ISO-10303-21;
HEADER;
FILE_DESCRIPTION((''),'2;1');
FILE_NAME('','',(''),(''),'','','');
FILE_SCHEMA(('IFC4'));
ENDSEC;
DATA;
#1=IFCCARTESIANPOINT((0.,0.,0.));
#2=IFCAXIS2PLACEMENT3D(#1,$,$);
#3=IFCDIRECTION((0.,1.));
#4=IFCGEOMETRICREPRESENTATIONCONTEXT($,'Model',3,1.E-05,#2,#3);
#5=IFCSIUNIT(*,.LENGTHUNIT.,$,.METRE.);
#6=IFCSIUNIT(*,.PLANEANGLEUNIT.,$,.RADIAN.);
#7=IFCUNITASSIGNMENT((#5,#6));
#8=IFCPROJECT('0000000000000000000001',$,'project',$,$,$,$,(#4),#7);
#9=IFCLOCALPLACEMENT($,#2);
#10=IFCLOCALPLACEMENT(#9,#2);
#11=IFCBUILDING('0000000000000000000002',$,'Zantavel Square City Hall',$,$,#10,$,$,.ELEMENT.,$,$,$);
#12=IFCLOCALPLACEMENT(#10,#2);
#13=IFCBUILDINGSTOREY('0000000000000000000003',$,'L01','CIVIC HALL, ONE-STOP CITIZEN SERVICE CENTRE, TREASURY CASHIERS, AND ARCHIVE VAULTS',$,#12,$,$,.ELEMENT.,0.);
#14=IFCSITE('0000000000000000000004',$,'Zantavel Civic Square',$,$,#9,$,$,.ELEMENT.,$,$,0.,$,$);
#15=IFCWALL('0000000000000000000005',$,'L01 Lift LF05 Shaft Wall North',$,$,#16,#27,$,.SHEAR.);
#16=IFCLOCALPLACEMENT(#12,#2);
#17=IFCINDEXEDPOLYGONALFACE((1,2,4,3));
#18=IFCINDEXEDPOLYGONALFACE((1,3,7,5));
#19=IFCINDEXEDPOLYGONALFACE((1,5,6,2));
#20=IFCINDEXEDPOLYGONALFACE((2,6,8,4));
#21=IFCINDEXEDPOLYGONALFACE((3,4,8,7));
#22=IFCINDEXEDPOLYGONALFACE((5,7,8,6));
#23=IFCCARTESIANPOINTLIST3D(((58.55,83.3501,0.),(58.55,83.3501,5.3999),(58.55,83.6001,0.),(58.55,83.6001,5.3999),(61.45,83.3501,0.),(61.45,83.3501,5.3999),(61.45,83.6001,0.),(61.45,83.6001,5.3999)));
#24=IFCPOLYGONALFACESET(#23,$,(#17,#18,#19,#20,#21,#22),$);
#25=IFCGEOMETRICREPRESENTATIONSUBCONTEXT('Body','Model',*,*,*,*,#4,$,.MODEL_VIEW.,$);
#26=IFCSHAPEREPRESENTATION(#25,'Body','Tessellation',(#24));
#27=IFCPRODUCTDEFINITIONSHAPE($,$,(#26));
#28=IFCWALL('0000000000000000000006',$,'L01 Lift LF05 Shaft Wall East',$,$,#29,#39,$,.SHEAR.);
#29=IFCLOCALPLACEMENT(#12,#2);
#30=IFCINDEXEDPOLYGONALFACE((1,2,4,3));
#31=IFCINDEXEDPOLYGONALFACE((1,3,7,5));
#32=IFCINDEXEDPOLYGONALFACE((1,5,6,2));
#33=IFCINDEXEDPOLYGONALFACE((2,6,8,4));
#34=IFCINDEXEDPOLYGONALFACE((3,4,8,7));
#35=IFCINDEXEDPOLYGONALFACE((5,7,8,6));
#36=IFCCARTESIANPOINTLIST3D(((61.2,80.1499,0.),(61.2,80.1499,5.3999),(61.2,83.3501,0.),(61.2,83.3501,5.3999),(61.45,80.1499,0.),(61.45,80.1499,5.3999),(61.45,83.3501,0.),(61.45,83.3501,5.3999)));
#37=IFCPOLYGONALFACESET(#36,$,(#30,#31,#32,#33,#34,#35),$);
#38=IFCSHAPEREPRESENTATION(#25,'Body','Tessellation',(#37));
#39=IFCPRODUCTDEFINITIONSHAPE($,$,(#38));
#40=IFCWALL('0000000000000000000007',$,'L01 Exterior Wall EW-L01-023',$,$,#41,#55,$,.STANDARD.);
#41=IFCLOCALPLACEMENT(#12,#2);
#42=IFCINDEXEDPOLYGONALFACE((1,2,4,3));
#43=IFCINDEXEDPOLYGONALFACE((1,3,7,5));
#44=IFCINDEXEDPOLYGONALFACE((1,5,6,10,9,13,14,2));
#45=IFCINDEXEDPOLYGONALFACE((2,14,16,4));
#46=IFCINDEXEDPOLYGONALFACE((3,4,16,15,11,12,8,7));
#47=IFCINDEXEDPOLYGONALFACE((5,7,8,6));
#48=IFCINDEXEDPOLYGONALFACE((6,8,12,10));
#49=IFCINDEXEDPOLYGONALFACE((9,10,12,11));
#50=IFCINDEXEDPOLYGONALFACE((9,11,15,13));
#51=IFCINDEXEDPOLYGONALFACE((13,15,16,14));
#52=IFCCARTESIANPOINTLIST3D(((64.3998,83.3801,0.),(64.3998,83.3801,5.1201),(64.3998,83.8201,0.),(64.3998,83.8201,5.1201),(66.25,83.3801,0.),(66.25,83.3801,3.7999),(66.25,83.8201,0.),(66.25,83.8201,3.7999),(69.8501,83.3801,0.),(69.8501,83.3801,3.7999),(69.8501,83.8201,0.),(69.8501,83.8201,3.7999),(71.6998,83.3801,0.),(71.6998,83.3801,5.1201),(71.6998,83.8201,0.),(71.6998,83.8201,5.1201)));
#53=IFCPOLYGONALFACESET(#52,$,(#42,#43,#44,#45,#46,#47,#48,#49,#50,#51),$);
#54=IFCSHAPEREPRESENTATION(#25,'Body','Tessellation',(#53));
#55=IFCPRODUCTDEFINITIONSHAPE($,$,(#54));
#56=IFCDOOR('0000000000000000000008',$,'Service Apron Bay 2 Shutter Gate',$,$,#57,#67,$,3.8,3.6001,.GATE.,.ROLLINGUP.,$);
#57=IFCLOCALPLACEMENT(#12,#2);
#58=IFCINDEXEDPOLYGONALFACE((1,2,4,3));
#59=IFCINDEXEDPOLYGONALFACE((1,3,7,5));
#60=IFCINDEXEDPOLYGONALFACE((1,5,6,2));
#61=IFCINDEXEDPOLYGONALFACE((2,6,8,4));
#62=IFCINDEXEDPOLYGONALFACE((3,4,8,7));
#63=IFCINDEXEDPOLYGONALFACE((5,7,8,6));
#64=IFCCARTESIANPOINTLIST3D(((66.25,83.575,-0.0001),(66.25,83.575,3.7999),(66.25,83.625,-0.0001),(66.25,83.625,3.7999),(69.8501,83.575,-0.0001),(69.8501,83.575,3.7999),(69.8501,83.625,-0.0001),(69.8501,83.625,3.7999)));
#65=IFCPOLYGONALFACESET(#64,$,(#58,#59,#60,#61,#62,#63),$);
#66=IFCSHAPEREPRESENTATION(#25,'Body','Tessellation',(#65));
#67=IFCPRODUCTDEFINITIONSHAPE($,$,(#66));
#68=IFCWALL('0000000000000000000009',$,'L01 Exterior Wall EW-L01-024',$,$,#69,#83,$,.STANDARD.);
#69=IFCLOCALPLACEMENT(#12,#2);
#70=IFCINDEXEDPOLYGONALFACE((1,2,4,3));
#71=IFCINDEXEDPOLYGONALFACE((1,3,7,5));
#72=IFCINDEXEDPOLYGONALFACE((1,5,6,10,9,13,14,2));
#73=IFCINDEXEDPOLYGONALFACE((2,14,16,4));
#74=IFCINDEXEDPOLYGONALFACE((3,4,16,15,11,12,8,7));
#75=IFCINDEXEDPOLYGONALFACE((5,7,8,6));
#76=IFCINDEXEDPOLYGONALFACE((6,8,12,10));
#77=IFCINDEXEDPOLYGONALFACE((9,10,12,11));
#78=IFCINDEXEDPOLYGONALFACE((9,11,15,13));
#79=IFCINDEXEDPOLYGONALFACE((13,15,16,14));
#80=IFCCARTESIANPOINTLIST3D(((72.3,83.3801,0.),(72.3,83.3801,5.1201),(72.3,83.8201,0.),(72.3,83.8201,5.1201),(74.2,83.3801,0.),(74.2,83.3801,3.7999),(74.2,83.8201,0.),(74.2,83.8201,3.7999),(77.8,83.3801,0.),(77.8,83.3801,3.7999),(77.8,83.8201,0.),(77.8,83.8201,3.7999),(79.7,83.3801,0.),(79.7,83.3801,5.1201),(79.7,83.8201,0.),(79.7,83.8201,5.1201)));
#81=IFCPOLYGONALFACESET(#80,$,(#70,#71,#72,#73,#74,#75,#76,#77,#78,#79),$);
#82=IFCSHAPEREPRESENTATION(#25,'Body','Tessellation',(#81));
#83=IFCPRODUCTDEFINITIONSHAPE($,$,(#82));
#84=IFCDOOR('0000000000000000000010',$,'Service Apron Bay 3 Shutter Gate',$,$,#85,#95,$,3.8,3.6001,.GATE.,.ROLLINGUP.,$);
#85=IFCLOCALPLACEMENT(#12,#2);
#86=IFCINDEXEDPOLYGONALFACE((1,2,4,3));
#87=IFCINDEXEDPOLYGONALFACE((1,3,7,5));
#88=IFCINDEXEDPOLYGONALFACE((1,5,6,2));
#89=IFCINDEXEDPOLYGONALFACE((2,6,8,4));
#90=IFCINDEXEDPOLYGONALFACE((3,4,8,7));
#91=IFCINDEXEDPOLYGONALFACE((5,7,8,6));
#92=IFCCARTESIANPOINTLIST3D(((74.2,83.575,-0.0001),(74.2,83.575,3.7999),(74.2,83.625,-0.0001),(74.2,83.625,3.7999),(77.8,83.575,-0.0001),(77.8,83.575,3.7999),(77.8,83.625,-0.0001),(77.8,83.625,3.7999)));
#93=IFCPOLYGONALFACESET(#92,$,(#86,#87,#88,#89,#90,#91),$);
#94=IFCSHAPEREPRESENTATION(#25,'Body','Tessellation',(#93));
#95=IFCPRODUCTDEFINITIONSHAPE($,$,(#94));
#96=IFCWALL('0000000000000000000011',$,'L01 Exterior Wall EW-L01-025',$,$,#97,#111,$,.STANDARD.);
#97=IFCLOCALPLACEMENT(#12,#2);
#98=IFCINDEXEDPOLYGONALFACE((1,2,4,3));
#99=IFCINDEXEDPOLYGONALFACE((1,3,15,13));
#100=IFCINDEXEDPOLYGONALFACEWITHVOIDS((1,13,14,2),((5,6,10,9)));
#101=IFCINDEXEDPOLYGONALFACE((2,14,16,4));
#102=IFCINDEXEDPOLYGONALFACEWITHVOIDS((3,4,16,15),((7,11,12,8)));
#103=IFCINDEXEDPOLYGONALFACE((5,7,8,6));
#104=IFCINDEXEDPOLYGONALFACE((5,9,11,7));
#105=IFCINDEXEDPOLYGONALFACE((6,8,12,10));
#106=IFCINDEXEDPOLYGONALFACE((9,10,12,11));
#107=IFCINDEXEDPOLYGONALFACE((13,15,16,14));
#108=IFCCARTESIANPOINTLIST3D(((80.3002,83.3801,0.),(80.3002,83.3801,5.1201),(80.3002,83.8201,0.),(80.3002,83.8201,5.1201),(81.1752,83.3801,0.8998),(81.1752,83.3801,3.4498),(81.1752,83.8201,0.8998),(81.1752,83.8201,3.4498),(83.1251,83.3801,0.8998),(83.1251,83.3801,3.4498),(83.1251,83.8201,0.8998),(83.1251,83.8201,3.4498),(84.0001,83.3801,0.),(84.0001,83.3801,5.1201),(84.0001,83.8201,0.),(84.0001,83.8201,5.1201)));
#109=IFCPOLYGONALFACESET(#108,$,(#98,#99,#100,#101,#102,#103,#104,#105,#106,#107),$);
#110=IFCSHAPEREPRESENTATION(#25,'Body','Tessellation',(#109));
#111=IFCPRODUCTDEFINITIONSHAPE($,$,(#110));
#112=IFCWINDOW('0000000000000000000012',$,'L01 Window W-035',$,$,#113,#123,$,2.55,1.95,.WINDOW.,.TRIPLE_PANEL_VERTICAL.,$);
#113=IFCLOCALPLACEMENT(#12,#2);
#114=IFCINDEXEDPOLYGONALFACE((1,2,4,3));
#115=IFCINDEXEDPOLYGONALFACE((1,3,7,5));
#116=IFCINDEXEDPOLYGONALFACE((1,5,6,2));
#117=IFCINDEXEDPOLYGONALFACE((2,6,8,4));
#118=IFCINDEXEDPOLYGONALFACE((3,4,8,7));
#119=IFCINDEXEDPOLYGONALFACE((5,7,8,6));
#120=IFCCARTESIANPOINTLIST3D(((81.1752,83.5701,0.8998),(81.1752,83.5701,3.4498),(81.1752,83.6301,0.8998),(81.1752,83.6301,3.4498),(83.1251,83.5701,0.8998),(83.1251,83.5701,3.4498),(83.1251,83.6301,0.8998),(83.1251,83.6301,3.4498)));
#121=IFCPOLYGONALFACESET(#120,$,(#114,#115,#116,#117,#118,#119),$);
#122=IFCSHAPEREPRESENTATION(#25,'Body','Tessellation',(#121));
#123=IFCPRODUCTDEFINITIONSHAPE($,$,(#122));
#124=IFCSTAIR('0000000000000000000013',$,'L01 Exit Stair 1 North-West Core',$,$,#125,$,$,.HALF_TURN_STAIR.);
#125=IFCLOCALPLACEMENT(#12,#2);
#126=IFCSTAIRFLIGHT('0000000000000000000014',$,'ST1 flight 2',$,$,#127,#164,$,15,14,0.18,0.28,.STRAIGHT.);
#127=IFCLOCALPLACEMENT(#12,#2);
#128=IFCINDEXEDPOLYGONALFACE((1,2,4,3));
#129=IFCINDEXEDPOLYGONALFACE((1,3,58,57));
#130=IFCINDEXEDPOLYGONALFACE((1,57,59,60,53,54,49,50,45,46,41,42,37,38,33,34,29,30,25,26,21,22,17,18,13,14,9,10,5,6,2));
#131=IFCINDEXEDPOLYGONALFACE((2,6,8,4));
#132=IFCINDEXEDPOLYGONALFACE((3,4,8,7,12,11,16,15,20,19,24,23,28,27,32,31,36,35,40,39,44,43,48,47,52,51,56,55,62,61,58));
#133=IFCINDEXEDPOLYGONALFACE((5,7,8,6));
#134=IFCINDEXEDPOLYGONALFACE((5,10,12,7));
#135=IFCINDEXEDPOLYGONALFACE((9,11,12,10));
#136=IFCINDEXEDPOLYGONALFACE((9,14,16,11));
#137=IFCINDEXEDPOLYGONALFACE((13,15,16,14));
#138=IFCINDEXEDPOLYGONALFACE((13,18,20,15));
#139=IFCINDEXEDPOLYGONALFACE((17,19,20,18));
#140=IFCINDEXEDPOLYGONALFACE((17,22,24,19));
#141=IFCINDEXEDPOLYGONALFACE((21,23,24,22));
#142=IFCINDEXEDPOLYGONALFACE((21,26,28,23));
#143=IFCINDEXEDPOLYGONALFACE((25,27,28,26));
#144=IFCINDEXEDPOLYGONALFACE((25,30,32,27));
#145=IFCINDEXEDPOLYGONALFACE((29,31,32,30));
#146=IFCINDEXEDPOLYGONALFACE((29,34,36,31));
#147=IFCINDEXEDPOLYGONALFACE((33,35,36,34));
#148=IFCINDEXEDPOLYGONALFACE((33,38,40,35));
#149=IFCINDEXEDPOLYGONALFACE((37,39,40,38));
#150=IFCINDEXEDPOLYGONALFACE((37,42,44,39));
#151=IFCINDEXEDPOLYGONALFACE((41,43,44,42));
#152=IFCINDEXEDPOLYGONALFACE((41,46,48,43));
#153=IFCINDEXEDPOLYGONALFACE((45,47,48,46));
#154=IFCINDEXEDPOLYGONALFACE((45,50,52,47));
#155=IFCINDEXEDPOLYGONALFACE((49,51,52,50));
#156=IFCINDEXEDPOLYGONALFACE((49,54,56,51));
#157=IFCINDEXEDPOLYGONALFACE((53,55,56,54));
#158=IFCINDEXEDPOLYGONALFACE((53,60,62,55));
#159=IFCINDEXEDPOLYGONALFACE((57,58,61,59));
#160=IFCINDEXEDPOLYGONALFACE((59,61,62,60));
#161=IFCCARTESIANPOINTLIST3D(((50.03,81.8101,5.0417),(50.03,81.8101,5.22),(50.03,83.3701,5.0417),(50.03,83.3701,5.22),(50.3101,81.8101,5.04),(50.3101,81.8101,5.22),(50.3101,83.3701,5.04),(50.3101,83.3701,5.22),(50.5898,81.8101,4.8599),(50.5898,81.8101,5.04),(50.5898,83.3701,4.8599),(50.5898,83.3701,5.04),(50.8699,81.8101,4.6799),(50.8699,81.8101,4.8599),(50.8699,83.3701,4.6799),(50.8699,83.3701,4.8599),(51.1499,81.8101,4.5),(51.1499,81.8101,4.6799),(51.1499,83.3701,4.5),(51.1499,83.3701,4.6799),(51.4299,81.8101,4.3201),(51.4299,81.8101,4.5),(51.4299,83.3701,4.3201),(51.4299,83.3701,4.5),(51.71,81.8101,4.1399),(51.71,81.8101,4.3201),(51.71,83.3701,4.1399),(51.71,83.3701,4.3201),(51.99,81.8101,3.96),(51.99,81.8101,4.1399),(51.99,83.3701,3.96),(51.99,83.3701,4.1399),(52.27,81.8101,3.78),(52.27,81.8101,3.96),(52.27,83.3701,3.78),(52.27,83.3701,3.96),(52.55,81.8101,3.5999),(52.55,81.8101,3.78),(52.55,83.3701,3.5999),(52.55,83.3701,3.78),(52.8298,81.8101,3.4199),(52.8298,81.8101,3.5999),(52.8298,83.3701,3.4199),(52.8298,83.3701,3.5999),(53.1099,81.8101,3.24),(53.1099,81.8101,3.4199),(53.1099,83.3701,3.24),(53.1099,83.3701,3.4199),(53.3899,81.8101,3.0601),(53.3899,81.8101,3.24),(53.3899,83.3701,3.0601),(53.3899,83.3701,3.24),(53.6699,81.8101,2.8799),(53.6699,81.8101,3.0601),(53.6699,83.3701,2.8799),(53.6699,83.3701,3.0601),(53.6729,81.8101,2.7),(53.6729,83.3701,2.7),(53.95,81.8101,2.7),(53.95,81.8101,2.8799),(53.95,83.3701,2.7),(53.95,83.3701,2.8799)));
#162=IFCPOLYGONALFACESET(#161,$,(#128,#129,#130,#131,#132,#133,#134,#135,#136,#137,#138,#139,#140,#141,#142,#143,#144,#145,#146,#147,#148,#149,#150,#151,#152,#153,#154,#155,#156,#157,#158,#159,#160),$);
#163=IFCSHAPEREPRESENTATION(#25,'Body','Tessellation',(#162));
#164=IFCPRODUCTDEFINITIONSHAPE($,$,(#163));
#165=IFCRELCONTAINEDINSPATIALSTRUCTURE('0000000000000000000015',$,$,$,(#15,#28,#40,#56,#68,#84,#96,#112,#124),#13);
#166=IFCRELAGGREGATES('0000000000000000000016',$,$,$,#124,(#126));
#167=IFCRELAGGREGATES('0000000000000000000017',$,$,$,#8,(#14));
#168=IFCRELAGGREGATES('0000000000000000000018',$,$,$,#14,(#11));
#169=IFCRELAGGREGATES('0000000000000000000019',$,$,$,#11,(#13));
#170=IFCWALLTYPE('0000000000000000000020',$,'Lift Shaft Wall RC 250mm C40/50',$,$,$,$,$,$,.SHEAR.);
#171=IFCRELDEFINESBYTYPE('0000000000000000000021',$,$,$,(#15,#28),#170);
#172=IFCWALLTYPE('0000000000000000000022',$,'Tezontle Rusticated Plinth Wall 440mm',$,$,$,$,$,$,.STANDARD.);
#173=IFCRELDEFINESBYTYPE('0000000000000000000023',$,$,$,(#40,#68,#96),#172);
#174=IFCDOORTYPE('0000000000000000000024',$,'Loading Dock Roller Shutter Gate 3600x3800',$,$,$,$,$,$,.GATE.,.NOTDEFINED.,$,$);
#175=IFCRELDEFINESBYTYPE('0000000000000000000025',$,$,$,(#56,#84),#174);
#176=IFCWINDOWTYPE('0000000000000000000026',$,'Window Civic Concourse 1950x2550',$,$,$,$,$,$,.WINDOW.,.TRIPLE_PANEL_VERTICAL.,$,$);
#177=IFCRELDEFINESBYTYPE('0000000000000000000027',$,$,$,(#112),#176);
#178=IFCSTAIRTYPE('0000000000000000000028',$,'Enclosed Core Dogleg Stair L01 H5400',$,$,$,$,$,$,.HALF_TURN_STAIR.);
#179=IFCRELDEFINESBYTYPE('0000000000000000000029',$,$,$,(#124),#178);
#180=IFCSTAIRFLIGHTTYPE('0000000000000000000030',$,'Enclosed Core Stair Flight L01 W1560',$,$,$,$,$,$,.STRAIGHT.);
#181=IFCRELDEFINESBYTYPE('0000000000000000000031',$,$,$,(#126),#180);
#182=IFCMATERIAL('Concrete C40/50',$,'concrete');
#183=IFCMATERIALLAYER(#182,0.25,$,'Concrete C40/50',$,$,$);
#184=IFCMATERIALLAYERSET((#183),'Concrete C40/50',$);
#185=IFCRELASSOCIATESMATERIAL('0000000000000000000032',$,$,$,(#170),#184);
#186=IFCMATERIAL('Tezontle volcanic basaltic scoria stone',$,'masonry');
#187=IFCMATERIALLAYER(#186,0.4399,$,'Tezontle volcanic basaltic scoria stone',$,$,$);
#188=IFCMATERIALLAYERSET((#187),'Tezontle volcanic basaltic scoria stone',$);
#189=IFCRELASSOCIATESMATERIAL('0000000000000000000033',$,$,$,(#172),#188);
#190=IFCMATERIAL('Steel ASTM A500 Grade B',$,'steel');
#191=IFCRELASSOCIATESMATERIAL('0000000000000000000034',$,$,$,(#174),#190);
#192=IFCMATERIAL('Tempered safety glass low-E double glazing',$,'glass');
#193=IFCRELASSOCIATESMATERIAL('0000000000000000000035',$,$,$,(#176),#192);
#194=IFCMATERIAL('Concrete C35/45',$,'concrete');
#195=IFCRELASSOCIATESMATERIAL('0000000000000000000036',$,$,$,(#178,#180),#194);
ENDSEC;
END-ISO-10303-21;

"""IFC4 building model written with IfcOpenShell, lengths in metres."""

from ifc_helpers import new_model, si_unit, direction, frame, frame_2d, origin, place, context, subcontext, project, spatial, polyline, rectangle, outline, extrude, material, layer, layer_set, type_object, element, fill, aggregate, save


model = new_model("IFC4")

# Units and contexts
model_context = context("Model", 3, precision=1e-05, world=origin(), true_north=direction((0.0, 1.0)))
body_context = subcontext(model_context, "Body", "Model", "MODEL_VIEW")
ifc_project = project(units=[si_unit("LENGTHUNIT", "METRE"), si_unit("PLANEANGLEUNIT", "RADIAN")], contexts=[model_context])

# Site, building, storey
site_placement = place(None, origin())
site = spatial("IfcSite", under=ifc_project, at=site_placement, Name="Zantavel Civic Square", CompositionType="ELEMENT", RefElevation=0.0)
building_placement = place(site_placement, origin())
building = spatial("IfcBuilding", under=site, at=building_placement, Name="Zantavel Square City Hall", CompositionType="ELEMENT")
storey_placement = place(building_placement, origin())
storey = spatial("IfcBuildingStorey", under=building, at=storey_placement, Name="L01", Description="CIVIC HALL, ONE-STOP CITIZEN SERVICE CENTRE, TREASURY CASHIERS, AND ARCHIVE VAULTS", CompositionType="ELEMENT", Elevation=0.0)

# Shared definitions
ifc_material_1 = material(Name="Concrete C40/50", Category="concrete")

# Shared definitions
ifc_material_2 = material(Name="Concrete C35/45", Category="concrete")

# Walls
ifc_layer_1 = layer(ifc_material_1, 0.25, Name="Concrete C40/50")
ifc_layer_set_1 = layer_set([ifc_layer_1], Name="Concrete C40/50")
wall_type_1 = type_object("IfcWallType", Name="Lift Shaft Wall RC 250mm C40/50", PredefinedType="SHEAR", material=ifc_layer_set_1)
wall_1_placement = place(storey_placement, frame((58.55, 83.4751, 0.0), z_axis=(0.0, 0.0, 1.0), x_axis=(1.0, 0.0, 0.0)))
element("IfcWall", 1, at=wall_1_placement, inside=storey, type_object=wall_type_1, Name="L01 Lift LF05 Shaft Wall North", PredefinedType="SHEAR", context=body_context, shape_type="SweptSolid", body=[
    extrude(rectangle(XDim=2.8999, YDim=0.25, at=frame_2d((1.45, 0.0))), origin(), (0.0, 0.0, 1.0), 5.3999),
])
wall_2_placement = place(storey_placement, frame((61.325, 83.3501, 0.0), z_axis=(0.0, 0.0, 1.0), x_axis=(0.0, -1.0, 0.0)))
element("IfcWall", 2, at=wall_2_placement, inside=storey, type_object=wall_type_1, Name="L01 Lift LF05 Shaft Wall East", PredefinedType="SHEAR", context=body_context, shape_type="SweptSolid", body=[
    extrude(rectangle(XDim=3.2002, YDim=0.25, at=frame_2d((1.6001, 0.0))), origin(), (0.0, 0.0, 1.0), 5.3999),
])

# Walls, openings, doors
ifc_material_3 = material(Name="Tezontle volcanic basaltic scoria stone", Category="masonry")
ifc_layer_2 = layer(ifc_material_3, 0.4399, Name="Tezontle volcanic basaltic scoria stone")
ifc_layer_set_2 = layer_set([ifc_layer_2], Name="Tezontle volcanic basaltic scoria stone")
wall_type_2 = type_object("IfcWallType", Name="Tezontle Rusticated Plinth Wall 440mm", PredefinedType="STANDARD", material=ifc_layer_set_2)
wall_3_placement = place(storey_placement, frame((64.3999, 83.6001, 0.0), z_axis=(0.0, 0.0, 1.0), x_axis=(1.0, 0.0, 0.0)))
wall_3 = element("IfcWall", 3, at=wall_3_placement, inside=storey, type_object=wall_type_2, Name="L01 Exterior Wall EW-L01-023", PredefinedType="STANDARD", context=body_context, shape_type="SweptSolid", body=[
    extrude(rectangle(XDim=7.3, YDim=0.4399, at=frame_2d((3.6499, 0.0))), origin(), (0.0, 0.0, 1.0), 5.1201),
])
opening_1_placement = place(wall_3_placement, frame((1.8501, 0.0, 0.0)))
opening_1 = element("IfcOpeningElement", 4, at=opening_1_placement, cuts=wall_3, PredefinedType="OPENING", context=body_context, shape_type="SweptSolid", body=[
    extrude(rectangle(XDim=3.6001, YDim=3.8, at=frame_2d((1.8, 1.8999))), frame((0.0, 0.23, 0.0), z_axis=(0.0, -1.0, 0.0), x_axis=(1.0, 0.0, 0.0)), (0.0, 0.0, 1.0), 0.46),
])
ifc_material_4 = material(Name="Steel ASTM A500 Grade B", Category="steel")
door_type_1 = type_object("IfcDoorType", Name="Loading Dock Roller Shutter Gate 3600x3800", OperationType="NOTDEFINED", PredefinedType="GATE", material=ifc_material_4)
door_1_placement = place(opening_1_placement, origin())
door_1 = element("IfcDoor", 5, at=door_1_placement, inside=storey, type_object=door_type_1, Name="Service Apron Bay 2 Shutter Gate", OperationType="ROLLINGUP", OverallHeight=3.8, OverallWidth=3.6001, PredefinedType="GATE", context=body_context, shape_type="SweptSolid", body=[
    extrude(rectangle(XDim=3.6001, YDim=3.8, at=frame_2d((1.8, 1.8999))), frame((0.0, 0.0249, 0.0), z_axis=(0.0, -1.0, 0.0), x_axis=(1.0, 0.0, 0.0)), (0.0, 0.0, 1.0), 0.05),
])
fill(opening_1, door_1)
wall_4_placement = place(storey_placement, frame((72.3, 83.6001, 0.0), z_axis=(0.0, 0.0, 1.0), x_axis=(1.0, 0.0, 0.0)))
wall_4 = element("IfcWall", 6, at=wall_4_placement, inside=storey, type_object=wall_type_2, Name="L01 Exterior Wall EW-L01-024", PredefinedType="STANDARD", context=body_context, shape_type="SweptSolid", body=[
    extrude(rectangle(XDim=7.3999, YDim=0.4399, at=frame_2d((3.7, 0.0))), origin(), (0.0, 0.0, 1.0), 5.1201),
])
opening_2_placement = place(wall_4_placement, frame((1.8999, 0.0, 0.0)))
opening_2 = element("IfcOpeningElement", 7, at=opening_2_placement, cuts=wall_4, PredefinedType="OPENING", context=body_context, shape_type="SweptSolid", body=[
    extrude(rectangle(XDim=3.6001, YDim=3.8, at=frame_2d((1.8, 1.8999))), frame((0.0, 0.23, 0.0), z_axis=(0.0, -1.0, 0.0), x_axis=(1.0, 0.0, 0.0)), (0.0, 0.0, 1.0), 0.46),
])
door_2_placement = place(opening_2_placement, origin())
door_2 = element("IfcDoor", 8, at=door_2_placement, inside=storey, type_object=door_type_1, Name="Service Apron Bay 3 Shutter Gate", OperationType="ROLLINGUP", OverallHeight=3.8, OverallWidth=3.6001, PredefinedType="GATE", context=body_context, shape_type="SweptSolid", body=[
    extrude(rectangle(XDim=3.6001, YDim=3.8, at=frame_2d((1.8, 1.8999))), frame((0.0, 0.0249, 0.0), z_axis=(0.0, -1.0, 0.0), x_axis=(1.0, 0.0, 0.0)), (0.0, 0.0, 1.0), 0.05),
])
fill(opening_2, door_2)

# Wall, opening, window
wall_5_placement = place(storey_placement, frame((80.3, 83.6001, 0.0), z_axis=(0.0, 0.0, 1.0), x_axis=(1.0, 0.0, 0.0)))
wall_5 = element("IfcWall", 9, at=wall_5_placement, inside=storey, type_object=wall_type_2, Name="L01 Exterior Wall EW-L01-025", PredefinedType="STANDARD", context=body_context, shape_type="SweptSolid", body=[
    extrude(rectangle(XDim=3.7, YDim=0.4399, at=frame_2d((1.8501, 0.0))), origin(), (0.0, 0.0, 1.0), 5.1201),
])
opening_3_placement = place(wall_5_placement, frame((0.875, 0.0, 0.8999)))
opening_3 = element("IfcOpeningElement", 10, at=opening_3_placement, cuts=wall_5, PredefinedType="OPENING", context=body_context, shape_type="SweptSolid", body=[
    extrude(rectangle(XDim=1.95, YDim=2.55, at=frame_2d((0.9751, 1.2749))), frame((0.0, 0.23, 0.0), z_axis=(0.0, -1.0, 0.0), x_axis=(1.0, 0.0, 0.0)), (0.0, 0.0, 1.0), 0.46),
])
ifc_material_5 = material(Name="Tempered safety glass low-E double glazing", Category="glass")
window_type = type_object("IfcWindowType", Name="Window Civic Concourse 1950x2550", PartitioningType="TRIPLE_PANEL_VERTICAL", PredefinedType="WINDOW", material=ifc_material_5)
window_placement = place(opening_3_placement, origin())
window = element("IfcWindow", 11, at=window_placement, inside=storey, type_object=window_type, Name="L01 Window W-035", OverallHeight=2.55, OverallWidth=1.95, PartitioningType="TRIPLE_PANEL_VERTICAL", PredefinedType="WINDOW", context=body_context, shape_type="SweptSolid", body=[
    extrude(rectangle(XDim=1.95, YDim=2.55, at=frame_2d((0.9751, 1.2749))), frame((0.0, 0.03, 0.0), z_axis=(0.0, -1.0, 0.0), x_axis=(1.0, 0.0, 0.0)), (0.0, 0.0, 1.0), 0.0601),
])
fill(opening_3, window)

# Stair, stair flight
stair_type = type_object("IfcStairType", Name="Enclosed Core Dogleg Stair L01 H5400", PredefinedType="HALF_TURN_STAIR", material=ifc_material_2)
stair_placement = place(storey_placement, origin())
stair = element("IfcStair", 12, at=stair_placement, inside=storey, type_object=stair_type, Name="L01 Exit Stair 1 North-West Core", PredefinedType="HALF_TURN_STAIR")
stair_flight_type = type_object("IfcStairFlightType", Name="Enclosed Core Stair Flight L01 W1560", PredefinedType="STRAIGHT", material=ifc_material_2)
stair_flight_placement = place(storey_placement, frame((53.95, 82.5901, 2.7), z_axis=(0.0, 0.0, 1.0), x_axis=(-1.0, 0.0, 0.0)))
stair_flight = element("IfcStairFlight", 13, at=stair_flight_placement, type_object=stair_flight_type, Name="ST1 flight 2", NumberOfRisers=15, NumberOfTreads=14, PredefinedType="STRAIGHT", RiserHeight=0.18, TreadLength=0.28, context=body_context, shape_type="SweptSolid", body=[
    extrude(outline(polyline([(0.0, 0.0), (0.0, 0.1799), (0.28, 0.1799), (0.28, 0.3601), (0.5601, 0.3601), (0.5601, 0.54), (0.8401, 0.54), (0.8401, 0.72), (1.1201, 0.72), (1.1201, 0.8999), (1.3999, 0.8999), (1.3999, 1.0801), (1.6799, 1.0801), (1.6799, 1.26), (1.96, 1.26), (1.96, 1.4399), (2.24, 1.4399), (2.24, 1.6201), (2.52, 1.6201), (2.52, 1.8), (2.8, 1.8), (2.8, 1.98), (3.0801, 1.98), (3.0801, 2.1599), (3.3601, 2.1599), (3.3601, 2.3401), (3.6399, 2.3401), (3.6399, 2.52), (3.9199, 2.52), (3.9199, 2.7), (3.9199, 2.3418), (0.2771, 0.0), (0.0, 0.0)])), frame((0.0, 0.78, 0.0), z_axis=(0.0, -1.0, 0.0), x_axis=(1.0, 0.0, 0.0)), (0.0, 0.0, 1.0), 1.5601),
])
aggregate(stair, [stair_flight])

save(model, "model.ifc")
